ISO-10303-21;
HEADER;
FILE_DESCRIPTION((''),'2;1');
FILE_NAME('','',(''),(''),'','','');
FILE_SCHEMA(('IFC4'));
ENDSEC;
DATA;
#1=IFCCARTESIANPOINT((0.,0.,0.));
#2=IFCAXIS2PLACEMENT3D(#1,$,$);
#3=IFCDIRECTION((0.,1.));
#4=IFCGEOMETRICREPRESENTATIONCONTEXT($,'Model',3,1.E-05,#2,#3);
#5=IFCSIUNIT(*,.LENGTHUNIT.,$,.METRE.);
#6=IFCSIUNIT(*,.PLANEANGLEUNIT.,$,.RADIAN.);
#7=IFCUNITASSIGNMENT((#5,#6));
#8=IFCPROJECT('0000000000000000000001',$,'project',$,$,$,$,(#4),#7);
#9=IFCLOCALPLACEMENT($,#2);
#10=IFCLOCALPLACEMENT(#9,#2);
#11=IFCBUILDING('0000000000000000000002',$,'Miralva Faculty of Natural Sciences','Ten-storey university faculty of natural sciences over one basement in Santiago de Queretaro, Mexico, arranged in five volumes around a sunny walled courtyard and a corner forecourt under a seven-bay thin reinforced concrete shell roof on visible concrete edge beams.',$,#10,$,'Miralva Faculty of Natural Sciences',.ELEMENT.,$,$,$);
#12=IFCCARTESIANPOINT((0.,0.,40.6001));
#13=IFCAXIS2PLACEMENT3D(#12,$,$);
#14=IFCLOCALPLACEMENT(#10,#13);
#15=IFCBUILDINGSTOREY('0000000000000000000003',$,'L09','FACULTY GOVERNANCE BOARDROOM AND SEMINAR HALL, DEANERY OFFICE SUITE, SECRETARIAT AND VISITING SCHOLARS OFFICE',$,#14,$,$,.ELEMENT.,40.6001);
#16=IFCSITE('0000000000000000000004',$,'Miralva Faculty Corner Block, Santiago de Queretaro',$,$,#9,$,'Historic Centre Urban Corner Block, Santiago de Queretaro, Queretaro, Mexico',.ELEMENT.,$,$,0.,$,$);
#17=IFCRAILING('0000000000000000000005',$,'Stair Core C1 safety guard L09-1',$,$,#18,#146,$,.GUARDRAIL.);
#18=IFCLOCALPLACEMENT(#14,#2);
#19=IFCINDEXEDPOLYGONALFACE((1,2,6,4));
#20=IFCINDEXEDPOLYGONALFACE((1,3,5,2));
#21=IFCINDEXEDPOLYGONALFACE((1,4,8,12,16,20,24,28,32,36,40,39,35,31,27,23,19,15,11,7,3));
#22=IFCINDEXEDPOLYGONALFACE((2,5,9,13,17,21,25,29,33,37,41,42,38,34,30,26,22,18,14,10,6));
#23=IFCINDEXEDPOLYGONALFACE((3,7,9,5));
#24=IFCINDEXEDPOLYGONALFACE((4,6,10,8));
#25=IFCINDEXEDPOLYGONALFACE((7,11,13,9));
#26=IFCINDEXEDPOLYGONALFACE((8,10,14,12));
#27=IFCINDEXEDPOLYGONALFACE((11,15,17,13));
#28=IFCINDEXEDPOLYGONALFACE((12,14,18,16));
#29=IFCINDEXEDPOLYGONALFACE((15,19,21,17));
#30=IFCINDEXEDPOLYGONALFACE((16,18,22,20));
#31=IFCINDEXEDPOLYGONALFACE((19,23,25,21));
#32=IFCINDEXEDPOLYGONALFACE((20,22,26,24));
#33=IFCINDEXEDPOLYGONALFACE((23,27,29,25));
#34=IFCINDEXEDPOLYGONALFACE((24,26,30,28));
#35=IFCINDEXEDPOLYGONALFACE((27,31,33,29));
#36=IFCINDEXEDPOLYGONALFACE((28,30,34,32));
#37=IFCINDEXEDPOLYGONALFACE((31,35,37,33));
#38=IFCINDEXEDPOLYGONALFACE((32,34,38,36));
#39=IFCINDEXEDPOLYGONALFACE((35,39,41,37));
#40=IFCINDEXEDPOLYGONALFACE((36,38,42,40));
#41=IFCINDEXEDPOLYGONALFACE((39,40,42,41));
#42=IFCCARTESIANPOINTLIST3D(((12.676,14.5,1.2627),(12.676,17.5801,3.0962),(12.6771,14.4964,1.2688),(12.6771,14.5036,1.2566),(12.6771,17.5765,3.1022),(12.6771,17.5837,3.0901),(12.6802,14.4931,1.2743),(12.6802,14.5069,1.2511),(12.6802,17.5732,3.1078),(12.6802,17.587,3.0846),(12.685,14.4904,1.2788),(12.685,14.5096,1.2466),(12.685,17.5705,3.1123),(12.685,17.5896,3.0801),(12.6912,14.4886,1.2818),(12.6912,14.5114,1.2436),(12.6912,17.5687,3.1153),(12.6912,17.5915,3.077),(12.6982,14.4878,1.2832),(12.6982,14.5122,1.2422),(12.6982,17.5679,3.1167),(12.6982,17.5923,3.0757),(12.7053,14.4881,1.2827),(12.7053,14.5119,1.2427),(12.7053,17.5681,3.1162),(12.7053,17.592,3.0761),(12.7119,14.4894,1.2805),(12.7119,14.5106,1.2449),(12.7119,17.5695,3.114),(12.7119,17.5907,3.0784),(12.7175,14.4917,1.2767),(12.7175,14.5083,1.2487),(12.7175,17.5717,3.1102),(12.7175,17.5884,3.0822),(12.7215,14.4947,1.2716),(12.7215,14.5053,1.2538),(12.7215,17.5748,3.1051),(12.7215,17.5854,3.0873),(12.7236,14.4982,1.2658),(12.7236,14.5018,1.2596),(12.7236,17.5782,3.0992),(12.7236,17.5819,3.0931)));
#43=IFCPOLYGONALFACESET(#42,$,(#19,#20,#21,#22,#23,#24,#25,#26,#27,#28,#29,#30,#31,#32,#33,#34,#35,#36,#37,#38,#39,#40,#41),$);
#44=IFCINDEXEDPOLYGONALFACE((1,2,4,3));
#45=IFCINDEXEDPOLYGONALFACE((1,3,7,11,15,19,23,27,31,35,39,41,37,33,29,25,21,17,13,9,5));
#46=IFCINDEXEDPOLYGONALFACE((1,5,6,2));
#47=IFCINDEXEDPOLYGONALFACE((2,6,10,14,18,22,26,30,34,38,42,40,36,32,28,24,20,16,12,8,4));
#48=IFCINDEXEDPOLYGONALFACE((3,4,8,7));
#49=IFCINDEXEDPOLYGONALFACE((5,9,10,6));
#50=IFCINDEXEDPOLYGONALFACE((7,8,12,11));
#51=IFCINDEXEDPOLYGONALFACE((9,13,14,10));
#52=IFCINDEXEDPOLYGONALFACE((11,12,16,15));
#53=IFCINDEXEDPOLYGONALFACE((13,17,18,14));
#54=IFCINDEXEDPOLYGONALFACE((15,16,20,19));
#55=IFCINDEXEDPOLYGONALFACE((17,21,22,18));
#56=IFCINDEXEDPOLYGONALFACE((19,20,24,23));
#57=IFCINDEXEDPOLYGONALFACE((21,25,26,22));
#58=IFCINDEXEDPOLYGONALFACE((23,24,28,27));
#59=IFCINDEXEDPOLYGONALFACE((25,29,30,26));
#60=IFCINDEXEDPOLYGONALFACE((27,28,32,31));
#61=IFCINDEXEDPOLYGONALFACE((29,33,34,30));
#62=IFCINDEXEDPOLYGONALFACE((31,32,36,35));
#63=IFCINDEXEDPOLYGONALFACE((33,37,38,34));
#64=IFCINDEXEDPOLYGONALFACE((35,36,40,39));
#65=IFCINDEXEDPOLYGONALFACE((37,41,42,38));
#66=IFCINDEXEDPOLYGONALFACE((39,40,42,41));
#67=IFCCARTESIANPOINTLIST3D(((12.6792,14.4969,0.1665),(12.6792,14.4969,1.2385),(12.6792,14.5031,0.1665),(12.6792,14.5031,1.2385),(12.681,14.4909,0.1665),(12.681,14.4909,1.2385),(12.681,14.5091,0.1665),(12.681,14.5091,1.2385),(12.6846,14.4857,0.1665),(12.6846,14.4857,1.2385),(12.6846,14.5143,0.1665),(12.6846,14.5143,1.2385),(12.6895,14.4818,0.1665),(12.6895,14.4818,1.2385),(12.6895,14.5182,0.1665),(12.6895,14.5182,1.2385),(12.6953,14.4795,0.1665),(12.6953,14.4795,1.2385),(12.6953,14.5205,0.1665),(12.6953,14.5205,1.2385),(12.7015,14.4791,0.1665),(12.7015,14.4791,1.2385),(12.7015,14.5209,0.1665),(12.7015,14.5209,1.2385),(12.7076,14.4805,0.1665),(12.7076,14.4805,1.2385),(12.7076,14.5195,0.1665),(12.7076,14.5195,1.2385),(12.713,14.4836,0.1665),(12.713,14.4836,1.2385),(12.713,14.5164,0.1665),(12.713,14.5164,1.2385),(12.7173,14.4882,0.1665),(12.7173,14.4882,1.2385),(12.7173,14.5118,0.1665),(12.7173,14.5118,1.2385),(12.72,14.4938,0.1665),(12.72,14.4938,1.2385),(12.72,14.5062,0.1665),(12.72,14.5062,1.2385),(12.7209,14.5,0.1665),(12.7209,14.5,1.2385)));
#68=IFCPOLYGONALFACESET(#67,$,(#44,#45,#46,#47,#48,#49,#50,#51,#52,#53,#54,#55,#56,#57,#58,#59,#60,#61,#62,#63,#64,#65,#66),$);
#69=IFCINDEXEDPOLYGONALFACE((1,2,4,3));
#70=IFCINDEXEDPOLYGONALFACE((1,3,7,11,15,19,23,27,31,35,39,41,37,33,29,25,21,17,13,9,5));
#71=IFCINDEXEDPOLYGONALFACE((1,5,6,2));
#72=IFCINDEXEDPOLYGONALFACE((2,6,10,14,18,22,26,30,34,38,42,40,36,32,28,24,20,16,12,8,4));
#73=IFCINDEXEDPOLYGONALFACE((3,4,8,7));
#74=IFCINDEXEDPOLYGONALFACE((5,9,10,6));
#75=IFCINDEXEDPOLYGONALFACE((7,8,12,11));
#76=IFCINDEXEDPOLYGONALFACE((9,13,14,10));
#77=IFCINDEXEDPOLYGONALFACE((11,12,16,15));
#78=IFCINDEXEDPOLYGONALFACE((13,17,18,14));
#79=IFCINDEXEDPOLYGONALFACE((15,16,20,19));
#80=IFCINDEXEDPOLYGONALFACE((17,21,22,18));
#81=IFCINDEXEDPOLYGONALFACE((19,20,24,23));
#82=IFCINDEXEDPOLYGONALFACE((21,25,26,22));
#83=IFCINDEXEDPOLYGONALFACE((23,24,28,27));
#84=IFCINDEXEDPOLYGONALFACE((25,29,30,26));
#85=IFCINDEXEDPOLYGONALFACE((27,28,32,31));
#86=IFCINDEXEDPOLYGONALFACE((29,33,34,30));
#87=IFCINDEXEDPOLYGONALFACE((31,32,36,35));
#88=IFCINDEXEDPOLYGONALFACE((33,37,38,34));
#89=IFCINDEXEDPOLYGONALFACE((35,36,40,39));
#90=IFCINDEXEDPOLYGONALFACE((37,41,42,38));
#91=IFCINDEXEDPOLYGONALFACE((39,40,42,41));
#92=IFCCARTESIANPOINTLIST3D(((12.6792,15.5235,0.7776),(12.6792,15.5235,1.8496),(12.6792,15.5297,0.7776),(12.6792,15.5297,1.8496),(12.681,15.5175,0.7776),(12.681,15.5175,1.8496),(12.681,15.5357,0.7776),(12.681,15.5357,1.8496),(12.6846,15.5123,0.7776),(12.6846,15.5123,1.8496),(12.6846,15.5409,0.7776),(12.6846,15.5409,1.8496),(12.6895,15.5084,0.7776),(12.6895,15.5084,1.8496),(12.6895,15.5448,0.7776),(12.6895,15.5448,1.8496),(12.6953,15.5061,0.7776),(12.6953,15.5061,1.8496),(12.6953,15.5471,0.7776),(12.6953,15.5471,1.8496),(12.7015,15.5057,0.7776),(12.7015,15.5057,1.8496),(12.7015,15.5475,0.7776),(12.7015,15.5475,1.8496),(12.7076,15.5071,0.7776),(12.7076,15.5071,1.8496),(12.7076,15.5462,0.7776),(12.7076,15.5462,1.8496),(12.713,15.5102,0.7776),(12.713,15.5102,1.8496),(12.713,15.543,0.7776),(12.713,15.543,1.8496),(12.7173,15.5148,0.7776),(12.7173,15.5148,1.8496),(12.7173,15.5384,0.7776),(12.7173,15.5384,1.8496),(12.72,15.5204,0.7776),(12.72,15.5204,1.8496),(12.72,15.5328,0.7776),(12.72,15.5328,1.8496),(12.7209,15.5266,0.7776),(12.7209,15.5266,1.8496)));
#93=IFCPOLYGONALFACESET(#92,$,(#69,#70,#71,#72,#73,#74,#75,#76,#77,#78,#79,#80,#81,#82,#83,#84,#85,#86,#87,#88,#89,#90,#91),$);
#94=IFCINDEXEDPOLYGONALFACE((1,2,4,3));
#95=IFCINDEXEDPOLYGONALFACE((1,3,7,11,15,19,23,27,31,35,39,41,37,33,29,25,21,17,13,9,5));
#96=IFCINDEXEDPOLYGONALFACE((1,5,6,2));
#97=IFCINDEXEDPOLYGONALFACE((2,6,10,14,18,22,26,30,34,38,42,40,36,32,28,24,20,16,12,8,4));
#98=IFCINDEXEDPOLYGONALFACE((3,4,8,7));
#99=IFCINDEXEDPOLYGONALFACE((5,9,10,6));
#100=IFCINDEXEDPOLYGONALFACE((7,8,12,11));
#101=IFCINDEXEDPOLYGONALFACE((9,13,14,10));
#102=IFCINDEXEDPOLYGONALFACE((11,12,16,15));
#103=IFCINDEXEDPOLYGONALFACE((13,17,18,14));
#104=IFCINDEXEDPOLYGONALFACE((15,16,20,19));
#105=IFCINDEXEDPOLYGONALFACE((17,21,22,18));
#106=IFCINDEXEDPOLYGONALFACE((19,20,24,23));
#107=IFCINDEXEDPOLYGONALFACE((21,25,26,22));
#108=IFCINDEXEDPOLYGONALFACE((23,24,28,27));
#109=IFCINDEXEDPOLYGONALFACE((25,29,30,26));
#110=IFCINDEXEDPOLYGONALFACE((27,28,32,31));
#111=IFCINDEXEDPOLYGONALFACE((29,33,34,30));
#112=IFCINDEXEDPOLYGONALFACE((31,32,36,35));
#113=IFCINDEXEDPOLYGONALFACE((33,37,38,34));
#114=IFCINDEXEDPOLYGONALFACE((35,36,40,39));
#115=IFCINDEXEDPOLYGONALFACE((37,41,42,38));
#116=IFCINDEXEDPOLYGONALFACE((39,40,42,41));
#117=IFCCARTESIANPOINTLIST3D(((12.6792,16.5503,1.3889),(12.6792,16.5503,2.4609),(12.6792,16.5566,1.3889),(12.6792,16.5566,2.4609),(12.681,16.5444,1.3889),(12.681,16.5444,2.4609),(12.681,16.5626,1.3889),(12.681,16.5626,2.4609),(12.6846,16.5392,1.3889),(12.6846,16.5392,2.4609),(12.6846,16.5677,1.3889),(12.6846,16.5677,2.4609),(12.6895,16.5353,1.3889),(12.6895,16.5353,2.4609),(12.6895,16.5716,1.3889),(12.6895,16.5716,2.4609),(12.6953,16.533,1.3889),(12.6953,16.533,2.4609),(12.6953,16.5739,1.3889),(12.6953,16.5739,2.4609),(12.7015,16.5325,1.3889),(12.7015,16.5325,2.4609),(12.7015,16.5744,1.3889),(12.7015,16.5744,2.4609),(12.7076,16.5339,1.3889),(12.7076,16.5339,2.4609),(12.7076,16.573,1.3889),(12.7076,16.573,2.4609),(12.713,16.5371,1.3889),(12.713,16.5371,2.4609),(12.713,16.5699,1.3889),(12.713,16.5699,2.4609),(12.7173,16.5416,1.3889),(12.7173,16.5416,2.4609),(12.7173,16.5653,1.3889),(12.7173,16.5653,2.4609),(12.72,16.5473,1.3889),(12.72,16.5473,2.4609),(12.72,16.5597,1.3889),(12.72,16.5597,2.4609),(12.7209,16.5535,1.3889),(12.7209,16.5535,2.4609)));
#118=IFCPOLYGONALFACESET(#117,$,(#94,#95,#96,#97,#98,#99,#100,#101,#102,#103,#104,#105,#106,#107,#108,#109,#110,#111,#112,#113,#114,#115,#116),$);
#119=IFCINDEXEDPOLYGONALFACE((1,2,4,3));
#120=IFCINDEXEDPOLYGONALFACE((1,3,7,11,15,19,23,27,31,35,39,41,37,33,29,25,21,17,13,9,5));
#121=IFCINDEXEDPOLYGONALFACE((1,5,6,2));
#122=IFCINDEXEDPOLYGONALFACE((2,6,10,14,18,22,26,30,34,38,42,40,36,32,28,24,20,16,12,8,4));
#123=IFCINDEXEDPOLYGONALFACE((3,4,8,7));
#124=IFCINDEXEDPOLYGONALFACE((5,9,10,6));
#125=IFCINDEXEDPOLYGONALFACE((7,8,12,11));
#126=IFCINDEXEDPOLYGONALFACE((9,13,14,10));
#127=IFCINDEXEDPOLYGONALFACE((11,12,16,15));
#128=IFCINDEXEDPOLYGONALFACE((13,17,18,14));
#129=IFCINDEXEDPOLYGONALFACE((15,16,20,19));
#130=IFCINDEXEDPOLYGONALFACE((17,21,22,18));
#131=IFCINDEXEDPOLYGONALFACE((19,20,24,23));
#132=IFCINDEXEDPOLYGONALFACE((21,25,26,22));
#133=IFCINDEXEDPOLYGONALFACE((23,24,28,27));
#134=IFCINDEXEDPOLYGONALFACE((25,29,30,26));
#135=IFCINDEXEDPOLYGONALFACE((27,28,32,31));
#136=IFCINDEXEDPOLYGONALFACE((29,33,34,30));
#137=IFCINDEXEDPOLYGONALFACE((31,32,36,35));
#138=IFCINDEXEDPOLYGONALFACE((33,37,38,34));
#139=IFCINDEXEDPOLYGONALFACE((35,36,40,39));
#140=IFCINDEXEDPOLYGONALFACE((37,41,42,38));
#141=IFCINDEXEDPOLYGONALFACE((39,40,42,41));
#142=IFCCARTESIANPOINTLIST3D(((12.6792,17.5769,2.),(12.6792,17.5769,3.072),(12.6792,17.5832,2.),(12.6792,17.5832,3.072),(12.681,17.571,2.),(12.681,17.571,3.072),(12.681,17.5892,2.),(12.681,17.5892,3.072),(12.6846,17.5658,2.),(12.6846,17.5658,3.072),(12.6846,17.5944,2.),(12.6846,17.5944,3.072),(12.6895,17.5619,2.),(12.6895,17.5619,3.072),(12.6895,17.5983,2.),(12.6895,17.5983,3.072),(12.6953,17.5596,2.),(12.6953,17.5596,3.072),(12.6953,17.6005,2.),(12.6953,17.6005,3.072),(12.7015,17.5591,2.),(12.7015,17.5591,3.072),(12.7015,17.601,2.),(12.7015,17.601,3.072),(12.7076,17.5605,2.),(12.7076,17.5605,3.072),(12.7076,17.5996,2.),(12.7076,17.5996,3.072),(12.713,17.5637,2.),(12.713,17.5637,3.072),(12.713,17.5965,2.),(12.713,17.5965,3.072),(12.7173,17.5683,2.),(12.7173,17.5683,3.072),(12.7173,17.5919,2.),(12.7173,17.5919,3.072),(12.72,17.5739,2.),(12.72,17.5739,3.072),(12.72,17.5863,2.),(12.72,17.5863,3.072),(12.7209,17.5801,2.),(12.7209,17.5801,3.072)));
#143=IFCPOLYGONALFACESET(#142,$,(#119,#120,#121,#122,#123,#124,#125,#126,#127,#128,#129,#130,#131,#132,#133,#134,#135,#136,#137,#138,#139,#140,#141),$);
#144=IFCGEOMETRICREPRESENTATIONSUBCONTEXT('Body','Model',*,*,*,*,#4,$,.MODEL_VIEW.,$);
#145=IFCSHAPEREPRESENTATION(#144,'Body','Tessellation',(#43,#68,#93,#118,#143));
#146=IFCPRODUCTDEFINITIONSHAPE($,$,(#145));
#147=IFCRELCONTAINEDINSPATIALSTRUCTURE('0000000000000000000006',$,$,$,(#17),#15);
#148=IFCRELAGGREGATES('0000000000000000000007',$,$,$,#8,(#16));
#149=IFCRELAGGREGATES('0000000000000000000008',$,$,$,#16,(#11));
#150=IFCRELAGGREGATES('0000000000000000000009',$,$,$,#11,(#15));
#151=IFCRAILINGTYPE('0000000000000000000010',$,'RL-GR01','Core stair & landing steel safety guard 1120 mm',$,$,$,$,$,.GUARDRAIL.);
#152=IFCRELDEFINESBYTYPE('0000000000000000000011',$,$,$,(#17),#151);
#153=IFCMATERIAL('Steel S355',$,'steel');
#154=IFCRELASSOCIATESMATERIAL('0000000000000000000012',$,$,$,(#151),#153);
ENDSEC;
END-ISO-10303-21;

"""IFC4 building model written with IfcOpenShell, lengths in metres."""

from ifc_helpers import new_model, si_unit, direction, frame, origin, origin_2d, place, context, subcontext, project, spatial, circle, extrude, material, type_object, element, save


model = new_model("IFC4")

# Units and contexts
model_context = context("Model", 3, precision=1e-05, world=origin(), true_north=direction((0.0, 1.0)))
body_context = subcontext(model_context, "Body", "Model", "MODEL_VIEW")
ifc_project = project(units=[si_unit("LENGTHUNIT", "METRE"), si_unit("PLANEANGLEUNIT", "RADIAN")], contexts=[model_context])

# Site, building, storey
site_placement = place(None, origin())
site = spatial("IfcSite", under=ifc_project, at=site_placement, Name="Miralva Faculty Corner Block, Santiago de Queretaro", LongName="Historic Centre Urban Corner Block, Santiago de Queretaro, Queretaro, Mexico", CompositionType="ELEMENT", RefElevation=0.0)
building_placement = place(site_placement, origin())
building = spatial("IfcBuilding", under=site, at=building_placement, Name="Miralva Faculty of Natural Sciences", Description="Ten-storey university faculty of natural sciences over one basement in Santiago de Queretaro, Mexico, arranged in five volumes around a sunny walled courtyard and a corner forecourt under a seven-bay thin reinforced concrete shell roof on visible concrete edge beams.", LongName="Miralva Faculty of Natural Sciences", CompositionType="ELEMENT")
storey_placement = place(building_placement, frame((0.0, 0.0, 40.6001)))
storey = spatial("IfcBuildingStorey", under=building, at=storey_placement, Name="L09", Description="FACULTY GOVERNANCE BOARDROOM AND SEMINAR HALL, DEANERY OFFICE SUITE, SECRETARIAT AND VISITING SCHOLARS OFFICE", CompositionType="ELEMENT", Elevation=40.6001)

# Railing
ifc_material_1 = material(Name="Steel S355", Category="steel")
railing_type_1 = type_object("IfcRailingType", Name="RL-GR01", Description="Core stair & landing steel safety guard 1120 mm", PredefinedType="GUARDRAIL", material=ifc_material_1)
railing_1_placement = place(storey_placement, frame((12.7, 14.5, 0.1665)))
element("IfcRailing", 1, at=railing_1_placement, inside=storey, type_object=railing_type_1, Name="Stair Core C1 safety guard L09-1", PredefinedType="GUARDRAIL", context=body_context, shape_type="SweptSolid", body=[
    extrude(circle(Radius=0.0239, at=origin_2d()), frame((0.0, 0.0, 1.0962), z_axis=(0.0, 0.859279, 0.511508), x_axis=(-1.0, 0.0, 0.0)), (0.0, 0.0, 1.0), 3.5845),
    extrude(circle(Radius=0.021, at=origin_2d()), origin(), (0.0, 0.0, 1.0), 1.072),
    extrude(circle(Radius=0.021, at=origin_2d()), frame((0.0, 1.0266, 0.6111)), (0.0, 0.0, 1.0), 1.072),
    extrude(circle(Radius=0.021, at=origin_2d()), frame((0.0, 2.0535, 1.2224)), (0.0, 0.0, 1.0), 1.072),
    extrude(circle(Radius=0.021, at=origin_2d()), frame((0.0, 3.0801, 1.8335)), (0.0, 0.0, 1.0), 1.072),
])

save(model, "model.ifc")
